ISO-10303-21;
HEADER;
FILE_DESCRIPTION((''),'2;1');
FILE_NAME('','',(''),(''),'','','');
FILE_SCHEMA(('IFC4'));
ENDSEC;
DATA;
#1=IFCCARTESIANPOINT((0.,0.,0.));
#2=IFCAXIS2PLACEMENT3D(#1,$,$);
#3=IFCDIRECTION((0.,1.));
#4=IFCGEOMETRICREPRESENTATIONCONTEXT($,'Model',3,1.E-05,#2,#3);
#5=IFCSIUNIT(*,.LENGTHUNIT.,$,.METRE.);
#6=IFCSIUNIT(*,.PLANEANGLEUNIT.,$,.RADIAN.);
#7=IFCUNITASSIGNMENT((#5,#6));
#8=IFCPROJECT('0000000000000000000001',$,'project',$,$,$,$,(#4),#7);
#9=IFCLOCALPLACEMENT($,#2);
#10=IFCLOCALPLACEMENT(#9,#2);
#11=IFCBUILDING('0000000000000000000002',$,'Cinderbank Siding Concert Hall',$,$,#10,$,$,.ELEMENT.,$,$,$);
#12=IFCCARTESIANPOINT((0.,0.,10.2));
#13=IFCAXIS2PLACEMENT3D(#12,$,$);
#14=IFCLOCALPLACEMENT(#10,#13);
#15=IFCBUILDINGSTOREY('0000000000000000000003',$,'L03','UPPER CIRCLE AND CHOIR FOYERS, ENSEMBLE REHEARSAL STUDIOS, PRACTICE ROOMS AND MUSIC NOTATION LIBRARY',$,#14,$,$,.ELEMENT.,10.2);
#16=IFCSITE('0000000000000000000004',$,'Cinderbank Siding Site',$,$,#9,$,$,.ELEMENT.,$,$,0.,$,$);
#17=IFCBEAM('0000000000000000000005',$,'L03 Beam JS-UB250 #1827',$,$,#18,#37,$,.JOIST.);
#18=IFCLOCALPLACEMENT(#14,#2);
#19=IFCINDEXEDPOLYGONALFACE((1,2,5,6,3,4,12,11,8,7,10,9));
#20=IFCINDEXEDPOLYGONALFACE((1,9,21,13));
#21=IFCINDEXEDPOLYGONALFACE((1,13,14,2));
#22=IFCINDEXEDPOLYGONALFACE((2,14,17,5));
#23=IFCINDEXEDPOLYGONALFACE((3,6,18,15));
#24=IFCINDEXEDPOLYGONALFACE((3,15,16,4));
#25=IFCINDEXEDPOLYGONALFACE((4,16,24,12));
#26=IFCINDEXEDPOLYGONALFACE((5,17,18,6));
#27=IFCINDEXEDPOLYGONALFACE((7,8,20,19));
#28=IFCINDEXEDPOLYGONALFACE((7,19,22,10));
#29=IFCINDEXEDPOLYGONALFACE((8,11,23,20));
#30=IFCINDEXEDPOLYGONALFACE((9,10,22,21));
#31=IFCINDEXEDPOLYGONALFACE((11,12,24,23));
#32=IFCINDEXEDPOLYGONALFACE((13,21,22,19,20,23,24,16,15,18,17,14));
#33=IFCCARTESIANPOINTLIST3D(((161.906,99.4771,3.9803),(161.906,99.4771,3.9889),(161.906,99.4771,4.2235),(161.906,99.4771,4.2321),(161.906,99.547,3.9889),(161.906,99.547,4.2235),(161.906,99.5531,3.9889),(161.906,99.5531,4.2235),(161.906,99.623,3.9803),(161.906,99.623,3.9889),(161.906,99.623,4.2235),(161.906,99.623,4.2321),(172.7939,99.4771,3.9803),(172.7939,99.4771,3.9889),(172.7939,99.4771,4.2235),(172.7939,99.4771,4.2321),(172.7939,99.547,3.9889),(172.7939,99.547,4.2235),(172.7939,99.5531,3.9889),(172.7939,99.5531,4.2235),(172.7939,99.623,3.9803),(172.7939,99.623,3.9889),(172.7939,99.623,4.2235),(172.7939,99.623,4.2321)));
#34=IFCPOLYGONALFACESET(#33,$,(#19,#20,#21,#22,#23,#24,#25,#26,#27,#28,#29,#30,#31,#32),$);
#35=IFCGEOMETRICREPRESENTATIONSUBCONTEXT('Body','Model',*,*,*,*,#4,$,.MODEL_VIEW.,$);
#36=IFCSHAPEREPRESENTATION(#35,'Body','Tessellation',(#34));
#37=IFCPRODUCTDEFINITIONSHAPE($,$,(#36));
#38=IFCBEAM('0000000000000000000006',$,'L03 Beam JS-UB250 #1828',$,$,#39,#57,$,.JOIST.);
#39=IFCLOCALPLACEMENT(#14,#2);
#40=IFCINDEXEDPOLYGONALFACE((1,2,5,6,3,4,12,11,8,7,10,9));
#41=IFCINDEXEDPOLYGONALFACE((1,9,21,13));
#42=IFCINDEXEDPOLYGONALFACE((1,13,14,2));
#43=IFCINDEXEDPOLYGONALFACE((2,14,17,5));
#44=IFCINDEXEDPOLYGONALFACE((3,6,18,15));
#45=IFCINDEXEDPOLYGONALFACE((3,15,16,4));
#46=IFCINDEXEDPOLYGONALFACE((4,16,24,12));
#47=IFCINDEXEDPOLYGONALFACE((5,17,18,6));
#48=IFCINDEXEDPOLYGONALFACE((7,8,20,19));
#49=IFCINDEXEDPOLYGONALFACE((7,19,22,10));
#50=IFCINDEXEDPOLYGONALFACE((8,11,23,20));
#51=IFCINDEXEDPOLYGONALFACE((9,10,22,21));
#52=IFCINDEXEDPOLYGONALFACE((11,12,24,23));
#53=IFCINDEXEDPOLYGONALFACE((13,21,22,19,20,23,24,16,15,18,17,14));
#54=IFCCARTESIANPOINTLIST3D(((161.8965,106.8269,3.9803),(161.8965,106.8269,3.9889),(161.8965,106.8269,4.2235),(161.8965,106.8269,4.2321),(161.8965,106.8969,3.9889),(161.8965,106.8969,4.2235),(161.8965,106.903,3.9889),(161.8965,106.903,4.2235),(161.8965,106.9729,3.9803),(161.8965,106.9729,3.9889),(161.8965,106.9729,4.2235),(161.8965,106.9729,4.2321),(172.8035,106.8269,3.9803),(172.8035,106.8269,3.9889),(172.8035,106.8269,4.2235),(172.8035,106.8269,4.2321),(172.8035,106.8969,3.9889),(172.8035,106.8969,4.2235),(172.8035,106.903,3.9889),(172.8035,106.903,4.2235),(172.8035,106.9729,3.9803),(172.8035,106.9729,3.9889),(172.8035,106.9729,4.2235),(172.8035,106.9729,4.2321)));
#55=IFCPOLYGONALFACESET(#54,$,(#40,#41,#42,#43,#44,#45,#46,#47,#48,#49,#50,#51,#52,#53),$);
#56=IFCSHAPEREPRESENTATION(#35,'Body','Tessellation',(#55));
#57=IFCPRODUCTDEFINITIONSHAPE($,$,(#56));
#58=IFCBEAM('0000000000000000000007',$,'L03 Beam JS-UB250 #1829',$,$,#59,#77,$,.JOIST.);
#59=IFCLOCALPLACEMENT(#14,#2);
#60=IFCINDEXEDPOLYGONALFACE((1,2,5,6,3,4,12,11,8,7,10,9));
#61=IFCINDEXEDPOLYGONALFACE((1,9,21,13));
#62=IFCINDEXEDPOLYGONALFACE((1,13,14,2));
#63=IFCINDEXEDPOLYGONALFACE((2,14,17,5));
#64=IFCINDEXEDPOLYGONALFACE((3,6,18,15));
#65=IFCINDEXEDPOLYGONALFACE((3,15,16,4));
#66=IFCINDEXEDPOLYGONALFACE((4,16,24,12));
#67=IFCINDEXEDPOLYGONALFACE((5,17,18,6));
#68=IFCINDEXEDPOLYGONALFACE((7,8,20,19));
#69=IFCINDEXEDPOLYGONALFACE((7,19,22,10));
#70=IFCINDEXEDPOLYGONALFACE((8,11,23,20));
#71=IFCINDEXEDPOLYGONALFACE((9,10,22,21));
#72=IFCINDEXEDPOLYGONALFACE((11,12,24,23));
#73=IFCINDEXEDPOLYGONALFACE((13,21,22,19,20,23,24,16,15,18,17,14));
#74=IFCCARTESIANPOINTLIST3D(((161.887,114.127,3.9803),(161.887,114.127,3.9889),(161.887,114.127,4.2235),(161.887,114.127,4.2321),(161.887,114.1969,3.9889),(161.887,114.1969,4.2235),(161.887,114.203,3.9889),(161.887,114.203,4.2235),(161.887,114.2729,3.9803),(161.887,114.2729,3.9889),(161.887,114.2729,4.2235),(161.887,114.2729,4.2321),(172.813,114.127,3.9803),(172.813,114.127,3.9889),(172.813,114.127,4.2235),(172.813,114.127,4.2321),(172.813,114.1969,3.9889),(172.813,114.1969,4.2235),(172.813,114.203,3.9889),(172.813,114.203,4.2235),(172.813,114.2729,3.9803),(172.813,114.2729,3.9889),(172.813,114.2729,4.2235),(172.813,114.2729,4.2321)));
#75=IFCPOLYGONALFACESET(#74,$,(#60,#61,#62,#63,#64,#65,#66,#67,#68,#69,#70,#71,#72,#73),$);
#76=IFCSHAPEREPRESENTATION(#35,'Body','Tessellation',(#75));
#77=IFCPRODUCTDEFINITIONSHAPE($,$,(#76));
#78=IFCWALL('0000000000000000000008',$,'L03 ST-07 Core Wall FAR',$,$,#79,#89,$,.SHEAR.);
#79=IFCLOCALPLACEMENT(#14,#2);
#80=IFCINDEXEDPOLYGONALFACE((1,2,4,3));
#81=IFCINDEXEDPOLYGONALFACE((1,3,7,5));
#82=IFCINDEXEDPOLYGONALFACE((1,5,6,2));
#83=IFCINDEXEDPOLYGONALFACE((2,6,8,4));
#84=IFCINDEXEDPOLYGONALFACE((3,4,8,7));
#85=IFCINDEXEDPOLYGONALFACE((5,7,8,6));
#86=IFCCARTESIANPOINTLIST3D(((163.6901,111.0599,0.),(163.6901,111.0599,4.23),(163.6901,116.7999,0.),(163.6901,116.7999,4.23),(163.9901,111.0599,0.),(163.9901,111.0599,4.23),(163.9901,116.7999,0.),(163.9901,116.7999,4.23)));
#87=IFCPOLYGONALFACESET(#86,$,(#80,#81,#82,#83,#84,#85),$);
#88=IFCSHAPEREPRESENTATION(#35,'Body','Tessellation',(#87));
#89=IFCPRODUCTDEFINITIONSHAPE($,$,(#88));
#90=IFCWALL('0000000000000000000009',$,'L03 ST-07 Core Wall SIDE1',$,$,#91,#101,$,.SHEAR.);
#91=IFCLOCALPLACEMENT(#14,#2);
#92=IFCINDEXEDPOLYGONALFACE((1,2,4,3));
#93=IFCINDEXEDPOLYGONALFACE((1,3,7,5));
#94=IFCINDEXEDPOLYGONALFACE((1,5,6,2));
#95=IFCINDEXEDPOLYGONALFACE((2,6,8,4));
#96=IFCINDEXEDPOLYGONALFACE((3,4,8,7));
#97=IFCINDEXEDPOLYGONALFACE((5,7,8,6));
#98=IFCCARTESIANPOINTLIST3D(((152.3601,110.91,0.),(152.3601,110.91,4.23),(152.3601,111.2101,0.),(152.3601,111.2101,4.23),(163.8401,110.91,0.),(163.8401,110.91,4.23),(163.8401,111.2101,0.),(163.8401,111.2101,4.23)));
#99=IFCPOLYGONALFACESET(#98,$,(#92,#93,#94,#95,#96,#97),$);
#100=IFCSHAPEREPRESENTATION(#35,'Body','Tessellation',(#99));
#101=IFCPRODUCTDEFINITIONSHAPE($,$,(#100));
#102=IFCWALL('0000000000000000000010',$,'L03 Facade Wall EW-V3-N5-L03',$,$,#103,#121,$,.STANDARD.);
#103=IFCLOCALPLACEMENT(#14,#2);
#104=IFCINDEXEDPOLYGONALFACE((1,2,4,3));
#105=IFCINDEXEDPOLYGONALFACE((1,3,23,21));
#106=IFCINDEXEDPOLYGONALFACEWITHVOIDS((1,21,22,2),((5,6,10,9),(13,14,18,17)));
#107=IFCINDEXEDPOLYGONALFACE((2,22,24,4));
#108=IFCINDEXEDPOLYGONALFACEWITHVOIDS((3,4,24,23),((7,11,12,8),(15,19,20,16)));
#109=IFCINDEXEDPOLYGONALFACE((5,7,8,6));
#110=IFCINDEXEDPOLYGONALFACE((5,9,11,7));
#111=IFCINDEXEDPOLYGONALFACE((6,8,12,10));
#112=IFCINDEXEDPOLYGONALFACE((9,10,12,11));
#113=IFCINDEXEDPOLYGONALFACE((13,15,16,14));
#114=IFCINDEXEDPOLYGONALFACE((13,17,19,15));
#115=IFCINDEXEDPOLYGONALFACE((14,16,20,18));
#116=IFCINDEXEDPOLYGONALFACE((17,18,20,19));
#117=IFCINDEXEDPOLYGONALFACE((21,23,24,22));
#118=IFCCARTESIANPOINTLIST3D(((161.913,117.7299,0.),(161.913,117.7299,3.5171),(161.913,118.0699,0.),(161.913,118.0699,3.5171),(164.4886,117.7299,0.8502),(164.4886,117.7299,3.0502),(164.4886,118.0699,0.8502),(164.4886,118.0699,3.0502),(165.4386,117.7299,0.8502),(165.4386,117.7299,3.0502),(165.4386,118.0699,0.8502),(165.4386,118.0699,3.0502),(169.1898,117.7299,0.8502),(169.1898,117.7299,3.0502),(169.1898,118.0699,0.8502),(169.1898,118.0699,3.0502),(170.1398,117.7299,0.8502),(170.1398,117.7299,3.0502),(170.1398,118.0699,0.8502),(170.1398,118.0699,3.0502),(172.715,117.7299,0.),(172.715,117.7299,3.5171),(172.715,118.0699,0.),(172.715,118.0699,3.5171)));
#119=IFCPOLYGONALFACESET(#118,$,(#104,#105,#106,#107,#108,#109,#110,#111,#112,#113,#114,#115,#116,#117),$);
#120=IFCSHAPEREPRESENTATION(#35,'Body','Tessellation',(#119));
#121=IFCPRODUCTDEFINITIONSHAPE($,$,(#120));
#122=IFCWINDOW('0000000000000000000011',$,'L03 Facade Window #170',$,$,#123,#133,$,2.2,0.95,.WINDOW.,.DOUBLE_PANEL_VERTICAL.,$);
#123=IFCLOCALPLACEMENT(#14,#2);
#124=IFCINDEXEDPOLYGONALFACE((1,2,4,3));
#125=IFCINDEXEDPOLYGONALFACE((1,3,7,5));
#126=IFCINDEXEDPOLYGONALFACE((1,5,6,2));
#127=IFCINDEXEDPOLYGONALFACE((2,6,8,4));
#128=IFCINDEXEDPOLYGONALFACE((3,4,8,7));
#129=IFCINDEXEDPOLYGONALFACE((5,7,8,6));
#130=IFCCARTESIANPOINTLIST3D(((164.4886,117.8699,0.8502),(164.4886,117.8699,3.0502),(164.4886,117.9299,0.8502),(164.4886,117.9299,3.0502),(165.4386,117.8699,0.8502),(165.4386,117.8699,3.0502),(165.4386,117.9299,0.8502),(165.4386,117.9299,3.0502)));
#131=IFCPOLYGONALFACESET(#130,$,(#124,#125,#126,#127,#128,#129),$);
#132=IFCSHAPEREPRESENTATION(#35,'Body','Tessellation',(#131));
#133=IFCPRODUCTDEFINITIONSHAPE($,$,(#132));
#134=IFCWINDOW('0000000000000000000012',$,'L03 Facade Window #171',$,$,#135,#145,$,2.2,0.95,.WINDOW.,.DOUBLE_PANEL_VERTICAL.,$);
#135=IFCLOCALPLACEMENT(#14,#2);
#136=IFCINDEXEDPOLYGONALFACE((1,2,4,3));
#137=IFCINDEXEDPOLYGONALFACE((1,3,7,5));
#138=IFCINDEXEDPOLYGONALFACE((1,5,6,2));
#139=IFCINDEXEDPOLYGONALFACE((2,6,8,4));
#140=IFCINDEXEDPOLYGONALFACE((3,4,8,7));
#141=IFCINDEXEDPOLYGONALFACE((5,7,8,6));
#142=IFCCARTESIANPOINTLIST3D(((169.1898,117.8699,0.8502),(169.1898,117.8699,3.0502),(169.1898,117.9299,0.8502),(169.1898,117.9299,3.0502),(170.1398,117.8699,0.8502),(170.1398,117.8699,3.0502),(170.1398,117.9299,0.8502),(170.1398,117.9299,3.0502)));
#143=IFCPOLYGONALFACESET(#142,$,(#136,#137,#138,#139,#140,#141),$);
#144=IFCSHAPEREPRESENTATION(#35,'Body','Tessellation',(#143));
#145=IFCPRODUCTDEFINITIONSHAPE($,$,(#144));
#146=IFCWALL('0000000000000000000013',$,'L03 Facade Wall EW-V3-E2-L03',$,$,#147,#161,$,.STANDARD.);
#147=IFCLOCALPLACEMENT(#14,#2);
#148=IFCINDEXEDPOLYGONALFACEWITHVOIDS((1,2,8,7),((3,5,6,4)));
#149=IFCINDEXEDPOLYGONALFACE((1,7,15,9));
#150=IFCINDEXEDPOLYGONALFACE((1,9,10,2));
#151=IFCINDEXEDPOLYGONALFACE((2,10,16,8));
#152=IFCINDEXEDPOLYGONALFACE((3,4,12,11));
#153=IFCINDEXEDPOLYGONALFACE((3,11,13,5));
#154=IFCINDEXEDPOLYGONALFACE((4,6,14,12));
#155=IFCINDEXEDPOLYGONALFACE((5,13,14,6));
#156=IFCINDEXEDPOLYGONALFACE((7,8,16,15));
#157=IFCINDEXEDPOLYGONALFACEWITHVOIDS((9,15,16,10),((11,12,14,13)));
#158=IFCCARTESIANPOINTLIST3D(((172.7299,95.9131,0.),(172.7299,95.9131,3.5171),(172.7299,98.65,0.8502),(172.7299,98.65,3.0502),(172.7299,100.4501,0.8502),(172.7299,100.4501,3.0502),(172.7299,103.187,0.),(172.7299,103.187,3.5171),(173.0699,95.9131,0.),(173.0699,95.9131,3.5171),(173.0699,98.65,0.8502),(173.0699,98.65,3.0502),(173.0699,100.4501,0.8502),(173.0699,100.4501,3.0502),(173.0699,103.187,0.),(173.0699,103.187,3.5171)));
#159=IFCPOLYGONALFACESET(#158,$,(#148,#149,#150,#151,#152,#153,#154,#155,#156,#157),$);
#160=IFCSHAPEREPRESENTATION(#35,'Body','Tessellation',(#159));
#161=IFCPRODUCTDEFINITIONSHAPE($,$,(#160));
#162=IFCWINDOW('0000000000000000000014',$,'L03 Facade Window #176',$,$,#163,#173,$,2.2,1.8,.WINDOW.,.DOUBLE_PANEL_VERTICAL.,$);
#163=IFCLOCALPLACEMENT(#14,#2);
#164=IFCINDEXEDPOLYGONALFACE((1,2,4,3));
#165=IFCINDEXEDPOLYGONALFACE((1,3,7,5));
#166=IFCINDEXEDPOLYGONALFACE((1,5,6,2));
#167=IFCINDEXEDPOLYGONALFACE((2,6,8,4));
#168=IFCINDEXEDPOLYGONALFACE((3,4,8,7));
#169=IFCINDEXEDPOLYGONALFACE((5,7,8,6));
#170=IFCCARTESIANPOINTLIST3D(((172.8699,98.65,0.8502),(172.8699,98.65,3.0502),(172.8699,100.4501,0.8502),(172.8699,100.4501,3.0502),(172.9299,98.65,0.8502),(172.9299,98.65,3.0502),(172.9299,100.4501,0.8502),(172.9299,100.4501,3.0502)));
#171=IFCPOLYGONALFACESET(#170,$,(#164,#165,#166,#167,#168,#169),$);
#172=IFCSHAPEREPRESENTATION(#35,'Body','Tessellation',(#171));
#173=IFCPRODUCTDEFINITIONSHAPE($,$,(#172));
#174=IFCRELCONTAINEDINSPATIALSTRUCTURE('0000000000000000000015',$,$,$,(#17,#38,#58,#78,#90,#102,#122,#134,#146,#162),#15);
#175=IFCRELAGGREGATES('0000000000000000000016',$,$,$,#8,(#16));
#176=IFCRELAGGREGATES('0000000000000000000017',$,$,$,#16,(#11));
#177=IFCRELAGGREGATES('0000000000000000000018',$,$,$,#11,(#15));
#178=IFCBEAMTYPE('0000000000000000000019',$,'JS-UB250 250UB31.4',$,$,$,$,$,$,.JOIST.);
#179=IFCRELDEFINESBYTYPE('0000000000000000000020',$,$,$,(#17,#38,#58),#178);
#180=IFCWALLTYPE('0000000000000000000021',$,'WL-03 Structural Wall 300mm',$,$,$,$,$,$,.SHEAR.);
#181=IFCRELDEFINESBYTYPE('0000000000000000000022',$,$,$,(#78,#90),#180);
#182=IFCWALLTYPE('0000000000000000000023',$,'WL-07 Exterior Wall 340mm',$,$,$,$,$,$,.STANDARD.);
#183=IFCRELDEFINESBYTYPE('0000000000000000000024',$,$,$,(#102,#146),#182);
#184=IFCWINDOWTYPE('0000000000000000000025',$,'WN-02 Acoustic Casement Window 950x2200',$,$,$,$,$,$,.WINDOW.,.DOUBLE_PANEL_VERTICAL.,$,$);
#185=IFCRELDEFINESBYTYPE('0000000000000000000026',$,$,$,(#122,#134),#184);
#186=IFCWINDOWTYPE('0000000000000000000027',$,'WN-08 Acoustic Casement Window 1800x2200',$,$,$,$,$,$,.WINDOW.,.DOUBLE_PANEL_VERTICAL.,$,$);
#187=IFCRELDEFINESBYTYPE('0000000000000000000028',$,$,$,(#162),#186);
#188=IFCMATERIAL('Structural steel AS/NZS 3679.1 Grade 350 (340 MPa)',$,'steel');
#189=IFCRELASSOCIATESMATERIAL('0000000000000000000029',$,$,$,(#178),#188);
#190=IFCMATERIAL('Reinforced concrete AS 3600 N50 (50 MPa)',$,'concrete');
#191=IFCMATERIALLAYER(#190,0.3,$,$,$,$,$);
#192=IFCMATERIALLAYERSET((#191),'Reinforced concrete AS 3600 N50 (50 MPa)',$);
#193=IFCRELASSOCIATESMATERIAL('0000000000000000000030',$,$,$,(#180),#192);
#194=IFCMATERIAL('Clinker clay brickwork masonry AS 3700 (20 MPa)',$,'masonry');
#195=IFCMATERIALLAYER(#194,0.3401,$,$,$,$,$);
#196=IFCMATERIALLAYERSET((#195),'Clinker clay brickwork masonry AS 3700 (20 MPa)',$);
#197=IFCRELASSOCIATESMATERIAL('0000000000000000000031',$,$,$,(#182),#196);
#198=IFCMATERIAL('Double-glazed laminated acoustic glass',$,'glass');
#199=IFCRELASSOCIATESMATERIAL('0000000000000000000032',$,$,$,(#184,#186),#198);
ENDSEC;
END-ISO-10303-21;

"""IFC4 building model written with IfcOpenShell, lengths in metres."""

from ifc_helpers import new_model, si_unit, direction, frame, frame_2d, origin, origin_2d, place, context, subcontext, project, spatial, rectangle, i_section, extrude, material, layer, layer_set, material_profile, profile_set, type_object, element, fill, save


model = new_model("IFC4")

# Units and contexts
model_context = context("Model", 3, precision=1e-05, world=origin(), true_north=direction((0.0, 1.0)))
body_context = subcontext(model_context, "Body", "Model", "MODEL_VIEW")
ifc_project = project(units=[si_unit("LENGTHUNIT", "METRE"), si_unit("PLANEANGLEUNIT", "RADIAN")], contexts=[model_context])

# Site, building, storey
site_placement = place(None, origin())
site = spatial("IfcSite", under=ifc_project, at=site_placement, Name="Cinderbank Siding Site", CompositionType="ELEMENT", RefElevation=0.0)
building_placement = place(site_placement, origin())
building = spatial("IfcBuilding", under=site, at=building_placement, Name="Cinderbank Siding Concert Hall", CompositionType="ELEMENT")
storey_placement = place(building_placement, frame((0.0, 0.0, 10.2)))
storey = spatial("IfcBuildingStorey", under=building, at=storey_placement, Name="L03", Description="UPPER CIRCLE AND CHOIR FOYERS, ENSEMBLE REHEARSAL STUDIOS, PRACTICE ROOMS AND MUSIC NOTATION LIBRARY", CompositionType="ELEMENT", Elevation=10.2)

# Shared definitions
ifc_material_1 = material(Name="Structural steel AS/NZS 3679.1 Grade 350 (340 MPa)", Category="steel")
ifc_material_2 = material(Name="Reinforced concrete AS 3600 N50 (50 MPa)", Category="concrete")

# Beams
ifc_material_profile_1 = material_profile(ifc_material_1, i_section(OverallWidth=0.146, OverallDepth=0.2517, WebThickness=0.0061, FlangeThickness=0.0085, at=origin_2d()), Name="250UB31.4", Category="LoadBearing")
ifc_profile_set_1 = profile_set([ifc_material_profile_1], Name="Structural steel AS/NZS 3679.1 Grade 350 (340 MPa)")
beam_type_1 = type_object("IfcBeamType", Name="JS-UB250 250UB31.4", PredefinedType="JOIST", material=ifc_profile_set_1)
beam_1_placement = place(storey_placement, frame((161.906, 99.55, 4.1062), z_axis=(1.0, 0.0, 0.0), x_axis=(0.0, 1.0, 0.0)))
element("IfcBeam", 1, at=beam_1_placement, inside=storey, type_object=beam_type_1, Name="L03 Beam JS-UB250 #1827", PredefinedType="JOIST", context=body_context, shape_type="SweptSolid", body=[
    extrude(i_section(OverallWidth=0.146, OverallDepth=0.2517, WebThickness=0.0061, FlangeThickness=0.0085, at=origin_2d()), origin(), (0.0, 0.0, 1.0), 10.8879),
])
beam_2_placement = place(storey_placement, frame((161.8965, 106.8999, 4.1062), z_axis=(1.0, 0.0, 0.0), x_axis=(0.0, 1.0, 0.0)))
element("IfcBeam", 2, at=beam_2_placement, inside=storey, type_object=beam_type_1, Name="L03 Beam JS-UB250 #1828", PredefinedType="JOIST", context=body_context, shape_type="SweptSolid", body=[
    extrude(i_section(OverallWidth=0.146, OverallDepth=0.2517, WebThickness=0.0061, FlangeThickness=0.0085, at=origin_2d()), origin(), (0.0, 0.0, 1.0), 10.907),
])
beam_3_placement = place(storey_placement, frame((161.887, 114.2, 4.1062), z_axis=(1.0, 0.0, 0.0), x_axis=(0.0, 1.0, 0.0)))
element("IfcBeam", 3, at=beam_3_placement, inside=storey, type_object=beam_type_1, Name="L03 Beam JS-UB250 #1829", PredefinedType="JOIST", context=body_context, shape_type="SweptSolid", body=[
    extrude(i_section(OverallWidth=0.146, OverallDepth=0.2517, WebThickness=0.0061, FlangeThickness=0.0085, at=origin_2d()), origin(), (0.0, 0.0, 1.0), 10.926),
])

# Walls
ifc_layer_1 = layer(ifc_material_2, 0.3)
ifc_layer_set_1 = layer_set([ifc_layer_1], Name="Reinforced concrete AS 3600 N50 (50 MPa)")
wall_type_1 = type_object("IfcWallType", Name="WL-03 Structural Wall 300mm", PredefinedType="SHEAR", material=ifc_layer_set_1)
wall_1_placement = place(storey_placement, frame((163.8401, 116.8, 0.0), z_axis=(0.0, 0.0, 1.0), x_axis=(0.0, -1.0, 0.0)))
element("IfcWall", 4, at=wall_1_placement, inside=storey, type_object=wall_type_1, Name="L03 ST-07 Core Wall FAR", PredefinedType="SHEAR", context=body_context, shape_type="SweptSolid", body=[
    extrude(rectangle(XDim=5.74, YDim=0.3, at=frame_2d((2.8701, 0.0))), origin(), (0.0, 0.0, 1.0), 4.23),
])
wall_2_placement = place(storey_placement, frame((163.8401, 111.0601, 0.0), z_axis=(0.0, 0.0, 1.0), x_axis=(-1.0, 0.0, 0.0)))
element("IfcWall", 5, at=wall_2_placement, inside=storey, type_object=wall_type_1, Name="L03 ST-07 Core Wall SIDE1", PredefinedType="SHEAR", context=body_context, shape_type="SweptSolid", body=[
    extrude(rectangle(XDim=11.48, YDim=0.3, at=frame_2d((5.74, 0.0))), origin(), (0.0, 0.0, 1.0), 4.23),
])

# Wall, openings, windows
ifc_material_3 = material(Name="Clinker clay brickwork masonry AS 3700 (20 MPa)", Category="masonry")
ifc_layer_2 = layer(ifc_material_3, 0.3401)
ifc_layer_set_2 = layer_set([ifc_layer_2], Name="Clinker clay brickwork masonry AS 3700 (20 MPa)")
wall_type_2 = type_object("IfcWallType", Name="WL-07 Exterior Wall 340mm", PredefinedType="STANDARD", material=ifc_layer_set_2)
wall_3_placement = place(storey_placement, frame((161.9131, 117.8999, 0.0), z_axis=(0.0, 0.0, 1.0), x_axis=(1.0, 0.0, 0.0)))
wall_3 = element("IfcWall", 6, at=wall_3_placement, inside=storey, type_object=wall_type_2, Name="L03 Facade Wall EW-V3-N5-L03", PredefinedType="STANDARD", context=body_context, shape_type="SweptSolid", body=[
    extrude(rectangle(XDim=10.802, YDim=0.3401, at=frame_2d((5.4009, 0.0))), origin(), (0.0, 0.0, 1.0), 3.5171),
])
opening_1_placement = place(wall_3_placement, frame((2.5754, 0.0, 0.8501)))
opening_1 = element("IfcOpeningElement", 7, at=opening_1_placement, cuts=wall_3, PredefinedType="OPENING", context=body_context, shape_type="SweptSolid", body=[
    extrude(rectangle(XDim=0.95, YDim=2.2, at=frame_2d((0.4751, 1.1001))), frame((0.0, 0.1821, 0.0), z_axis=(0.0, -1.0, 0.0), x_axis=(1.0, 0.0, 0.0)), (0.0, 0.0, 1.0), 0.364),
])
opening_2_placement = place(wall_3_placement, frame((7.2766, 0.0, 0.8501)))
opening_2 = element("IfcOpeningElement", 8, at=opening_2_placement, cuts=wall_3, PredefinedType="OPENING", context=body_context, shape_type="SweptSolid", body=[
    extrude(rectangle(XDim=0.95, YDim=2.2, at=frame_2d((0.4751, 1.1001))), frame((0.0, 0.1821, 0.0), z_axis=(0.0, -1.0, 0.0), x_axis=(1.0, 0.0, 0.0)), (0.0, 0.0, 1.0), 0.364),
])
ifc_material_4 = material(Name="Double-glazed laminated acoustic glass", Category="glass")
window_type_1 = type_object("IfcWindowType", Name="WN-02 Acoustic Casement Window 950x2200", PartitioningType="DOUBLE_PANEL_VERTICAL", PredefinedType="WINDOW", material=ifc_material_4)
window_1_placement = place(opening_1_placement, origin())
window_1 = element("IfcWindow", 9, at=window_1_placement, inside=storey, type_object=window_type_1, Name="L03 Facade Window #170", OverallHeight=2.2, OverallWidth=0.95, PartitioningType="DOUBLE_PANEL_VERTICAL", PredefinedType="WINDOW", context=body_context, shape_type="SweptSolid", body=[
    extrude(rectangle(XDim=0.95, YDim=2.2, at=frame_2d((0.4751, 1.1001))), frame((0.0, 0.03, 0.0), z_axis=(0.0, -1.0, 0.0), x_axis=(1.0, 0.0, 0.0)), (0.0, 0.0, 1.0), 0.0601),
])
fill(opening_1, window_1)
window_2_placement = place(opening_2_placement, origin())
window_2 = element("IfcWindow", 10, at=window_2_placement, inside=storey, type_object=window_type_1, Name="L03 Facade Window #171", OverallHeight=2.2, OverallWidth=0.95, PartitioningType="DOUBLE_PANEL_VERTICAL", PredefinedType="WINDOW", context=body_context, shape_type="SweptSolid", body=[
    extrude(rectangle(XDim=0.95, YDim=2.2, at=frame_2d((0.4751, 1.1001))), frame((0.0, 0.03, 0.0), z_axis=(0.0, -1.0, 0.0), x_axis=(1.0, 0.0, 0.0)), (0.0, 0.0, 1.0), 0.0601),
])
fill(opening_2, window_2)

# Wall, opening, window
wall_4_placement = place(storey_placement, frame((172.8999, 103.187, 0.0), z_axis=(0.0, 0.0, 1.0), x_axis=(0.0, -1.0, 0.0)))
wall_4 = element("IfcWall", 11, at=wall_4_placement, inside=storey, type_object=wall_type_2, Name="L03 Facade Wall EW-V3-E2-L03", PredefinedType="STANDARD", context=body_context, shape_type="SweptSolid", body=[
    extrude(rectangle(XDim=7.2739, YDim=0.3401, at=frame_2d((3.637, 0.0))), origin(), (0.0, 0.0, 1.0), 3.5171),
])
opening_3_placement = place(wall_4_placement, frame((2.7371, 0.0, 0.8501)))
opening_3 = element("IfcOpeningElement", 12, at=opening_3_placement, cuts=wall_4, PredefinedType="OPENING", context=body_context, shape_type="SweptSolid", body=[
    extrude(rectangle(XDim=1.8, YDim=2.2, at=frame_2d((0.8999, 1.1001))), frame((0.0, 0.1821, 0.0), z_axis=(0.0, -1.0, 0.0), x_axis=(1.0, 0.0, 0.0)), (0.0, 0.0, 1.0), 0.364),
])
window_type_2 = type_object("IfcWindowType", Name="WN-08 Acoustic Casement Window 1800x2200", PartitioningType="DOUBLE_PANEL_VERTICAL", PredefinedType="WINDOW", material=ifc_material_4)
window_3_placement = place(opening_3_placement, origin())
window_3 = element("IfcWindow", 13, at=window_3_placement, inside=storey, type_object=window_type_2, Name="L03 Facade Window #176", OverallHeight=2.2, OverallWidth=1.8, PartitioningType="DOUBLE_PANEL_VERTICAL", PredefinedType="WINDOW", context=body_context, shape_type="SweptSolid", body=[
    extrude(rectangle(XDim=1.8, YDim=2.2, at=frame_2d((0.8999, 1.1001))), frame((0.0, 0.03, 0.0), z_axis=(0.0, -1.0, 0.0), x_axis=(1.0, 0.0, 0.0)), (0.0, 0.0, 1.0), 0.0601),
])
fill(opening_3, window_3)

save(model, "model.ifc")
